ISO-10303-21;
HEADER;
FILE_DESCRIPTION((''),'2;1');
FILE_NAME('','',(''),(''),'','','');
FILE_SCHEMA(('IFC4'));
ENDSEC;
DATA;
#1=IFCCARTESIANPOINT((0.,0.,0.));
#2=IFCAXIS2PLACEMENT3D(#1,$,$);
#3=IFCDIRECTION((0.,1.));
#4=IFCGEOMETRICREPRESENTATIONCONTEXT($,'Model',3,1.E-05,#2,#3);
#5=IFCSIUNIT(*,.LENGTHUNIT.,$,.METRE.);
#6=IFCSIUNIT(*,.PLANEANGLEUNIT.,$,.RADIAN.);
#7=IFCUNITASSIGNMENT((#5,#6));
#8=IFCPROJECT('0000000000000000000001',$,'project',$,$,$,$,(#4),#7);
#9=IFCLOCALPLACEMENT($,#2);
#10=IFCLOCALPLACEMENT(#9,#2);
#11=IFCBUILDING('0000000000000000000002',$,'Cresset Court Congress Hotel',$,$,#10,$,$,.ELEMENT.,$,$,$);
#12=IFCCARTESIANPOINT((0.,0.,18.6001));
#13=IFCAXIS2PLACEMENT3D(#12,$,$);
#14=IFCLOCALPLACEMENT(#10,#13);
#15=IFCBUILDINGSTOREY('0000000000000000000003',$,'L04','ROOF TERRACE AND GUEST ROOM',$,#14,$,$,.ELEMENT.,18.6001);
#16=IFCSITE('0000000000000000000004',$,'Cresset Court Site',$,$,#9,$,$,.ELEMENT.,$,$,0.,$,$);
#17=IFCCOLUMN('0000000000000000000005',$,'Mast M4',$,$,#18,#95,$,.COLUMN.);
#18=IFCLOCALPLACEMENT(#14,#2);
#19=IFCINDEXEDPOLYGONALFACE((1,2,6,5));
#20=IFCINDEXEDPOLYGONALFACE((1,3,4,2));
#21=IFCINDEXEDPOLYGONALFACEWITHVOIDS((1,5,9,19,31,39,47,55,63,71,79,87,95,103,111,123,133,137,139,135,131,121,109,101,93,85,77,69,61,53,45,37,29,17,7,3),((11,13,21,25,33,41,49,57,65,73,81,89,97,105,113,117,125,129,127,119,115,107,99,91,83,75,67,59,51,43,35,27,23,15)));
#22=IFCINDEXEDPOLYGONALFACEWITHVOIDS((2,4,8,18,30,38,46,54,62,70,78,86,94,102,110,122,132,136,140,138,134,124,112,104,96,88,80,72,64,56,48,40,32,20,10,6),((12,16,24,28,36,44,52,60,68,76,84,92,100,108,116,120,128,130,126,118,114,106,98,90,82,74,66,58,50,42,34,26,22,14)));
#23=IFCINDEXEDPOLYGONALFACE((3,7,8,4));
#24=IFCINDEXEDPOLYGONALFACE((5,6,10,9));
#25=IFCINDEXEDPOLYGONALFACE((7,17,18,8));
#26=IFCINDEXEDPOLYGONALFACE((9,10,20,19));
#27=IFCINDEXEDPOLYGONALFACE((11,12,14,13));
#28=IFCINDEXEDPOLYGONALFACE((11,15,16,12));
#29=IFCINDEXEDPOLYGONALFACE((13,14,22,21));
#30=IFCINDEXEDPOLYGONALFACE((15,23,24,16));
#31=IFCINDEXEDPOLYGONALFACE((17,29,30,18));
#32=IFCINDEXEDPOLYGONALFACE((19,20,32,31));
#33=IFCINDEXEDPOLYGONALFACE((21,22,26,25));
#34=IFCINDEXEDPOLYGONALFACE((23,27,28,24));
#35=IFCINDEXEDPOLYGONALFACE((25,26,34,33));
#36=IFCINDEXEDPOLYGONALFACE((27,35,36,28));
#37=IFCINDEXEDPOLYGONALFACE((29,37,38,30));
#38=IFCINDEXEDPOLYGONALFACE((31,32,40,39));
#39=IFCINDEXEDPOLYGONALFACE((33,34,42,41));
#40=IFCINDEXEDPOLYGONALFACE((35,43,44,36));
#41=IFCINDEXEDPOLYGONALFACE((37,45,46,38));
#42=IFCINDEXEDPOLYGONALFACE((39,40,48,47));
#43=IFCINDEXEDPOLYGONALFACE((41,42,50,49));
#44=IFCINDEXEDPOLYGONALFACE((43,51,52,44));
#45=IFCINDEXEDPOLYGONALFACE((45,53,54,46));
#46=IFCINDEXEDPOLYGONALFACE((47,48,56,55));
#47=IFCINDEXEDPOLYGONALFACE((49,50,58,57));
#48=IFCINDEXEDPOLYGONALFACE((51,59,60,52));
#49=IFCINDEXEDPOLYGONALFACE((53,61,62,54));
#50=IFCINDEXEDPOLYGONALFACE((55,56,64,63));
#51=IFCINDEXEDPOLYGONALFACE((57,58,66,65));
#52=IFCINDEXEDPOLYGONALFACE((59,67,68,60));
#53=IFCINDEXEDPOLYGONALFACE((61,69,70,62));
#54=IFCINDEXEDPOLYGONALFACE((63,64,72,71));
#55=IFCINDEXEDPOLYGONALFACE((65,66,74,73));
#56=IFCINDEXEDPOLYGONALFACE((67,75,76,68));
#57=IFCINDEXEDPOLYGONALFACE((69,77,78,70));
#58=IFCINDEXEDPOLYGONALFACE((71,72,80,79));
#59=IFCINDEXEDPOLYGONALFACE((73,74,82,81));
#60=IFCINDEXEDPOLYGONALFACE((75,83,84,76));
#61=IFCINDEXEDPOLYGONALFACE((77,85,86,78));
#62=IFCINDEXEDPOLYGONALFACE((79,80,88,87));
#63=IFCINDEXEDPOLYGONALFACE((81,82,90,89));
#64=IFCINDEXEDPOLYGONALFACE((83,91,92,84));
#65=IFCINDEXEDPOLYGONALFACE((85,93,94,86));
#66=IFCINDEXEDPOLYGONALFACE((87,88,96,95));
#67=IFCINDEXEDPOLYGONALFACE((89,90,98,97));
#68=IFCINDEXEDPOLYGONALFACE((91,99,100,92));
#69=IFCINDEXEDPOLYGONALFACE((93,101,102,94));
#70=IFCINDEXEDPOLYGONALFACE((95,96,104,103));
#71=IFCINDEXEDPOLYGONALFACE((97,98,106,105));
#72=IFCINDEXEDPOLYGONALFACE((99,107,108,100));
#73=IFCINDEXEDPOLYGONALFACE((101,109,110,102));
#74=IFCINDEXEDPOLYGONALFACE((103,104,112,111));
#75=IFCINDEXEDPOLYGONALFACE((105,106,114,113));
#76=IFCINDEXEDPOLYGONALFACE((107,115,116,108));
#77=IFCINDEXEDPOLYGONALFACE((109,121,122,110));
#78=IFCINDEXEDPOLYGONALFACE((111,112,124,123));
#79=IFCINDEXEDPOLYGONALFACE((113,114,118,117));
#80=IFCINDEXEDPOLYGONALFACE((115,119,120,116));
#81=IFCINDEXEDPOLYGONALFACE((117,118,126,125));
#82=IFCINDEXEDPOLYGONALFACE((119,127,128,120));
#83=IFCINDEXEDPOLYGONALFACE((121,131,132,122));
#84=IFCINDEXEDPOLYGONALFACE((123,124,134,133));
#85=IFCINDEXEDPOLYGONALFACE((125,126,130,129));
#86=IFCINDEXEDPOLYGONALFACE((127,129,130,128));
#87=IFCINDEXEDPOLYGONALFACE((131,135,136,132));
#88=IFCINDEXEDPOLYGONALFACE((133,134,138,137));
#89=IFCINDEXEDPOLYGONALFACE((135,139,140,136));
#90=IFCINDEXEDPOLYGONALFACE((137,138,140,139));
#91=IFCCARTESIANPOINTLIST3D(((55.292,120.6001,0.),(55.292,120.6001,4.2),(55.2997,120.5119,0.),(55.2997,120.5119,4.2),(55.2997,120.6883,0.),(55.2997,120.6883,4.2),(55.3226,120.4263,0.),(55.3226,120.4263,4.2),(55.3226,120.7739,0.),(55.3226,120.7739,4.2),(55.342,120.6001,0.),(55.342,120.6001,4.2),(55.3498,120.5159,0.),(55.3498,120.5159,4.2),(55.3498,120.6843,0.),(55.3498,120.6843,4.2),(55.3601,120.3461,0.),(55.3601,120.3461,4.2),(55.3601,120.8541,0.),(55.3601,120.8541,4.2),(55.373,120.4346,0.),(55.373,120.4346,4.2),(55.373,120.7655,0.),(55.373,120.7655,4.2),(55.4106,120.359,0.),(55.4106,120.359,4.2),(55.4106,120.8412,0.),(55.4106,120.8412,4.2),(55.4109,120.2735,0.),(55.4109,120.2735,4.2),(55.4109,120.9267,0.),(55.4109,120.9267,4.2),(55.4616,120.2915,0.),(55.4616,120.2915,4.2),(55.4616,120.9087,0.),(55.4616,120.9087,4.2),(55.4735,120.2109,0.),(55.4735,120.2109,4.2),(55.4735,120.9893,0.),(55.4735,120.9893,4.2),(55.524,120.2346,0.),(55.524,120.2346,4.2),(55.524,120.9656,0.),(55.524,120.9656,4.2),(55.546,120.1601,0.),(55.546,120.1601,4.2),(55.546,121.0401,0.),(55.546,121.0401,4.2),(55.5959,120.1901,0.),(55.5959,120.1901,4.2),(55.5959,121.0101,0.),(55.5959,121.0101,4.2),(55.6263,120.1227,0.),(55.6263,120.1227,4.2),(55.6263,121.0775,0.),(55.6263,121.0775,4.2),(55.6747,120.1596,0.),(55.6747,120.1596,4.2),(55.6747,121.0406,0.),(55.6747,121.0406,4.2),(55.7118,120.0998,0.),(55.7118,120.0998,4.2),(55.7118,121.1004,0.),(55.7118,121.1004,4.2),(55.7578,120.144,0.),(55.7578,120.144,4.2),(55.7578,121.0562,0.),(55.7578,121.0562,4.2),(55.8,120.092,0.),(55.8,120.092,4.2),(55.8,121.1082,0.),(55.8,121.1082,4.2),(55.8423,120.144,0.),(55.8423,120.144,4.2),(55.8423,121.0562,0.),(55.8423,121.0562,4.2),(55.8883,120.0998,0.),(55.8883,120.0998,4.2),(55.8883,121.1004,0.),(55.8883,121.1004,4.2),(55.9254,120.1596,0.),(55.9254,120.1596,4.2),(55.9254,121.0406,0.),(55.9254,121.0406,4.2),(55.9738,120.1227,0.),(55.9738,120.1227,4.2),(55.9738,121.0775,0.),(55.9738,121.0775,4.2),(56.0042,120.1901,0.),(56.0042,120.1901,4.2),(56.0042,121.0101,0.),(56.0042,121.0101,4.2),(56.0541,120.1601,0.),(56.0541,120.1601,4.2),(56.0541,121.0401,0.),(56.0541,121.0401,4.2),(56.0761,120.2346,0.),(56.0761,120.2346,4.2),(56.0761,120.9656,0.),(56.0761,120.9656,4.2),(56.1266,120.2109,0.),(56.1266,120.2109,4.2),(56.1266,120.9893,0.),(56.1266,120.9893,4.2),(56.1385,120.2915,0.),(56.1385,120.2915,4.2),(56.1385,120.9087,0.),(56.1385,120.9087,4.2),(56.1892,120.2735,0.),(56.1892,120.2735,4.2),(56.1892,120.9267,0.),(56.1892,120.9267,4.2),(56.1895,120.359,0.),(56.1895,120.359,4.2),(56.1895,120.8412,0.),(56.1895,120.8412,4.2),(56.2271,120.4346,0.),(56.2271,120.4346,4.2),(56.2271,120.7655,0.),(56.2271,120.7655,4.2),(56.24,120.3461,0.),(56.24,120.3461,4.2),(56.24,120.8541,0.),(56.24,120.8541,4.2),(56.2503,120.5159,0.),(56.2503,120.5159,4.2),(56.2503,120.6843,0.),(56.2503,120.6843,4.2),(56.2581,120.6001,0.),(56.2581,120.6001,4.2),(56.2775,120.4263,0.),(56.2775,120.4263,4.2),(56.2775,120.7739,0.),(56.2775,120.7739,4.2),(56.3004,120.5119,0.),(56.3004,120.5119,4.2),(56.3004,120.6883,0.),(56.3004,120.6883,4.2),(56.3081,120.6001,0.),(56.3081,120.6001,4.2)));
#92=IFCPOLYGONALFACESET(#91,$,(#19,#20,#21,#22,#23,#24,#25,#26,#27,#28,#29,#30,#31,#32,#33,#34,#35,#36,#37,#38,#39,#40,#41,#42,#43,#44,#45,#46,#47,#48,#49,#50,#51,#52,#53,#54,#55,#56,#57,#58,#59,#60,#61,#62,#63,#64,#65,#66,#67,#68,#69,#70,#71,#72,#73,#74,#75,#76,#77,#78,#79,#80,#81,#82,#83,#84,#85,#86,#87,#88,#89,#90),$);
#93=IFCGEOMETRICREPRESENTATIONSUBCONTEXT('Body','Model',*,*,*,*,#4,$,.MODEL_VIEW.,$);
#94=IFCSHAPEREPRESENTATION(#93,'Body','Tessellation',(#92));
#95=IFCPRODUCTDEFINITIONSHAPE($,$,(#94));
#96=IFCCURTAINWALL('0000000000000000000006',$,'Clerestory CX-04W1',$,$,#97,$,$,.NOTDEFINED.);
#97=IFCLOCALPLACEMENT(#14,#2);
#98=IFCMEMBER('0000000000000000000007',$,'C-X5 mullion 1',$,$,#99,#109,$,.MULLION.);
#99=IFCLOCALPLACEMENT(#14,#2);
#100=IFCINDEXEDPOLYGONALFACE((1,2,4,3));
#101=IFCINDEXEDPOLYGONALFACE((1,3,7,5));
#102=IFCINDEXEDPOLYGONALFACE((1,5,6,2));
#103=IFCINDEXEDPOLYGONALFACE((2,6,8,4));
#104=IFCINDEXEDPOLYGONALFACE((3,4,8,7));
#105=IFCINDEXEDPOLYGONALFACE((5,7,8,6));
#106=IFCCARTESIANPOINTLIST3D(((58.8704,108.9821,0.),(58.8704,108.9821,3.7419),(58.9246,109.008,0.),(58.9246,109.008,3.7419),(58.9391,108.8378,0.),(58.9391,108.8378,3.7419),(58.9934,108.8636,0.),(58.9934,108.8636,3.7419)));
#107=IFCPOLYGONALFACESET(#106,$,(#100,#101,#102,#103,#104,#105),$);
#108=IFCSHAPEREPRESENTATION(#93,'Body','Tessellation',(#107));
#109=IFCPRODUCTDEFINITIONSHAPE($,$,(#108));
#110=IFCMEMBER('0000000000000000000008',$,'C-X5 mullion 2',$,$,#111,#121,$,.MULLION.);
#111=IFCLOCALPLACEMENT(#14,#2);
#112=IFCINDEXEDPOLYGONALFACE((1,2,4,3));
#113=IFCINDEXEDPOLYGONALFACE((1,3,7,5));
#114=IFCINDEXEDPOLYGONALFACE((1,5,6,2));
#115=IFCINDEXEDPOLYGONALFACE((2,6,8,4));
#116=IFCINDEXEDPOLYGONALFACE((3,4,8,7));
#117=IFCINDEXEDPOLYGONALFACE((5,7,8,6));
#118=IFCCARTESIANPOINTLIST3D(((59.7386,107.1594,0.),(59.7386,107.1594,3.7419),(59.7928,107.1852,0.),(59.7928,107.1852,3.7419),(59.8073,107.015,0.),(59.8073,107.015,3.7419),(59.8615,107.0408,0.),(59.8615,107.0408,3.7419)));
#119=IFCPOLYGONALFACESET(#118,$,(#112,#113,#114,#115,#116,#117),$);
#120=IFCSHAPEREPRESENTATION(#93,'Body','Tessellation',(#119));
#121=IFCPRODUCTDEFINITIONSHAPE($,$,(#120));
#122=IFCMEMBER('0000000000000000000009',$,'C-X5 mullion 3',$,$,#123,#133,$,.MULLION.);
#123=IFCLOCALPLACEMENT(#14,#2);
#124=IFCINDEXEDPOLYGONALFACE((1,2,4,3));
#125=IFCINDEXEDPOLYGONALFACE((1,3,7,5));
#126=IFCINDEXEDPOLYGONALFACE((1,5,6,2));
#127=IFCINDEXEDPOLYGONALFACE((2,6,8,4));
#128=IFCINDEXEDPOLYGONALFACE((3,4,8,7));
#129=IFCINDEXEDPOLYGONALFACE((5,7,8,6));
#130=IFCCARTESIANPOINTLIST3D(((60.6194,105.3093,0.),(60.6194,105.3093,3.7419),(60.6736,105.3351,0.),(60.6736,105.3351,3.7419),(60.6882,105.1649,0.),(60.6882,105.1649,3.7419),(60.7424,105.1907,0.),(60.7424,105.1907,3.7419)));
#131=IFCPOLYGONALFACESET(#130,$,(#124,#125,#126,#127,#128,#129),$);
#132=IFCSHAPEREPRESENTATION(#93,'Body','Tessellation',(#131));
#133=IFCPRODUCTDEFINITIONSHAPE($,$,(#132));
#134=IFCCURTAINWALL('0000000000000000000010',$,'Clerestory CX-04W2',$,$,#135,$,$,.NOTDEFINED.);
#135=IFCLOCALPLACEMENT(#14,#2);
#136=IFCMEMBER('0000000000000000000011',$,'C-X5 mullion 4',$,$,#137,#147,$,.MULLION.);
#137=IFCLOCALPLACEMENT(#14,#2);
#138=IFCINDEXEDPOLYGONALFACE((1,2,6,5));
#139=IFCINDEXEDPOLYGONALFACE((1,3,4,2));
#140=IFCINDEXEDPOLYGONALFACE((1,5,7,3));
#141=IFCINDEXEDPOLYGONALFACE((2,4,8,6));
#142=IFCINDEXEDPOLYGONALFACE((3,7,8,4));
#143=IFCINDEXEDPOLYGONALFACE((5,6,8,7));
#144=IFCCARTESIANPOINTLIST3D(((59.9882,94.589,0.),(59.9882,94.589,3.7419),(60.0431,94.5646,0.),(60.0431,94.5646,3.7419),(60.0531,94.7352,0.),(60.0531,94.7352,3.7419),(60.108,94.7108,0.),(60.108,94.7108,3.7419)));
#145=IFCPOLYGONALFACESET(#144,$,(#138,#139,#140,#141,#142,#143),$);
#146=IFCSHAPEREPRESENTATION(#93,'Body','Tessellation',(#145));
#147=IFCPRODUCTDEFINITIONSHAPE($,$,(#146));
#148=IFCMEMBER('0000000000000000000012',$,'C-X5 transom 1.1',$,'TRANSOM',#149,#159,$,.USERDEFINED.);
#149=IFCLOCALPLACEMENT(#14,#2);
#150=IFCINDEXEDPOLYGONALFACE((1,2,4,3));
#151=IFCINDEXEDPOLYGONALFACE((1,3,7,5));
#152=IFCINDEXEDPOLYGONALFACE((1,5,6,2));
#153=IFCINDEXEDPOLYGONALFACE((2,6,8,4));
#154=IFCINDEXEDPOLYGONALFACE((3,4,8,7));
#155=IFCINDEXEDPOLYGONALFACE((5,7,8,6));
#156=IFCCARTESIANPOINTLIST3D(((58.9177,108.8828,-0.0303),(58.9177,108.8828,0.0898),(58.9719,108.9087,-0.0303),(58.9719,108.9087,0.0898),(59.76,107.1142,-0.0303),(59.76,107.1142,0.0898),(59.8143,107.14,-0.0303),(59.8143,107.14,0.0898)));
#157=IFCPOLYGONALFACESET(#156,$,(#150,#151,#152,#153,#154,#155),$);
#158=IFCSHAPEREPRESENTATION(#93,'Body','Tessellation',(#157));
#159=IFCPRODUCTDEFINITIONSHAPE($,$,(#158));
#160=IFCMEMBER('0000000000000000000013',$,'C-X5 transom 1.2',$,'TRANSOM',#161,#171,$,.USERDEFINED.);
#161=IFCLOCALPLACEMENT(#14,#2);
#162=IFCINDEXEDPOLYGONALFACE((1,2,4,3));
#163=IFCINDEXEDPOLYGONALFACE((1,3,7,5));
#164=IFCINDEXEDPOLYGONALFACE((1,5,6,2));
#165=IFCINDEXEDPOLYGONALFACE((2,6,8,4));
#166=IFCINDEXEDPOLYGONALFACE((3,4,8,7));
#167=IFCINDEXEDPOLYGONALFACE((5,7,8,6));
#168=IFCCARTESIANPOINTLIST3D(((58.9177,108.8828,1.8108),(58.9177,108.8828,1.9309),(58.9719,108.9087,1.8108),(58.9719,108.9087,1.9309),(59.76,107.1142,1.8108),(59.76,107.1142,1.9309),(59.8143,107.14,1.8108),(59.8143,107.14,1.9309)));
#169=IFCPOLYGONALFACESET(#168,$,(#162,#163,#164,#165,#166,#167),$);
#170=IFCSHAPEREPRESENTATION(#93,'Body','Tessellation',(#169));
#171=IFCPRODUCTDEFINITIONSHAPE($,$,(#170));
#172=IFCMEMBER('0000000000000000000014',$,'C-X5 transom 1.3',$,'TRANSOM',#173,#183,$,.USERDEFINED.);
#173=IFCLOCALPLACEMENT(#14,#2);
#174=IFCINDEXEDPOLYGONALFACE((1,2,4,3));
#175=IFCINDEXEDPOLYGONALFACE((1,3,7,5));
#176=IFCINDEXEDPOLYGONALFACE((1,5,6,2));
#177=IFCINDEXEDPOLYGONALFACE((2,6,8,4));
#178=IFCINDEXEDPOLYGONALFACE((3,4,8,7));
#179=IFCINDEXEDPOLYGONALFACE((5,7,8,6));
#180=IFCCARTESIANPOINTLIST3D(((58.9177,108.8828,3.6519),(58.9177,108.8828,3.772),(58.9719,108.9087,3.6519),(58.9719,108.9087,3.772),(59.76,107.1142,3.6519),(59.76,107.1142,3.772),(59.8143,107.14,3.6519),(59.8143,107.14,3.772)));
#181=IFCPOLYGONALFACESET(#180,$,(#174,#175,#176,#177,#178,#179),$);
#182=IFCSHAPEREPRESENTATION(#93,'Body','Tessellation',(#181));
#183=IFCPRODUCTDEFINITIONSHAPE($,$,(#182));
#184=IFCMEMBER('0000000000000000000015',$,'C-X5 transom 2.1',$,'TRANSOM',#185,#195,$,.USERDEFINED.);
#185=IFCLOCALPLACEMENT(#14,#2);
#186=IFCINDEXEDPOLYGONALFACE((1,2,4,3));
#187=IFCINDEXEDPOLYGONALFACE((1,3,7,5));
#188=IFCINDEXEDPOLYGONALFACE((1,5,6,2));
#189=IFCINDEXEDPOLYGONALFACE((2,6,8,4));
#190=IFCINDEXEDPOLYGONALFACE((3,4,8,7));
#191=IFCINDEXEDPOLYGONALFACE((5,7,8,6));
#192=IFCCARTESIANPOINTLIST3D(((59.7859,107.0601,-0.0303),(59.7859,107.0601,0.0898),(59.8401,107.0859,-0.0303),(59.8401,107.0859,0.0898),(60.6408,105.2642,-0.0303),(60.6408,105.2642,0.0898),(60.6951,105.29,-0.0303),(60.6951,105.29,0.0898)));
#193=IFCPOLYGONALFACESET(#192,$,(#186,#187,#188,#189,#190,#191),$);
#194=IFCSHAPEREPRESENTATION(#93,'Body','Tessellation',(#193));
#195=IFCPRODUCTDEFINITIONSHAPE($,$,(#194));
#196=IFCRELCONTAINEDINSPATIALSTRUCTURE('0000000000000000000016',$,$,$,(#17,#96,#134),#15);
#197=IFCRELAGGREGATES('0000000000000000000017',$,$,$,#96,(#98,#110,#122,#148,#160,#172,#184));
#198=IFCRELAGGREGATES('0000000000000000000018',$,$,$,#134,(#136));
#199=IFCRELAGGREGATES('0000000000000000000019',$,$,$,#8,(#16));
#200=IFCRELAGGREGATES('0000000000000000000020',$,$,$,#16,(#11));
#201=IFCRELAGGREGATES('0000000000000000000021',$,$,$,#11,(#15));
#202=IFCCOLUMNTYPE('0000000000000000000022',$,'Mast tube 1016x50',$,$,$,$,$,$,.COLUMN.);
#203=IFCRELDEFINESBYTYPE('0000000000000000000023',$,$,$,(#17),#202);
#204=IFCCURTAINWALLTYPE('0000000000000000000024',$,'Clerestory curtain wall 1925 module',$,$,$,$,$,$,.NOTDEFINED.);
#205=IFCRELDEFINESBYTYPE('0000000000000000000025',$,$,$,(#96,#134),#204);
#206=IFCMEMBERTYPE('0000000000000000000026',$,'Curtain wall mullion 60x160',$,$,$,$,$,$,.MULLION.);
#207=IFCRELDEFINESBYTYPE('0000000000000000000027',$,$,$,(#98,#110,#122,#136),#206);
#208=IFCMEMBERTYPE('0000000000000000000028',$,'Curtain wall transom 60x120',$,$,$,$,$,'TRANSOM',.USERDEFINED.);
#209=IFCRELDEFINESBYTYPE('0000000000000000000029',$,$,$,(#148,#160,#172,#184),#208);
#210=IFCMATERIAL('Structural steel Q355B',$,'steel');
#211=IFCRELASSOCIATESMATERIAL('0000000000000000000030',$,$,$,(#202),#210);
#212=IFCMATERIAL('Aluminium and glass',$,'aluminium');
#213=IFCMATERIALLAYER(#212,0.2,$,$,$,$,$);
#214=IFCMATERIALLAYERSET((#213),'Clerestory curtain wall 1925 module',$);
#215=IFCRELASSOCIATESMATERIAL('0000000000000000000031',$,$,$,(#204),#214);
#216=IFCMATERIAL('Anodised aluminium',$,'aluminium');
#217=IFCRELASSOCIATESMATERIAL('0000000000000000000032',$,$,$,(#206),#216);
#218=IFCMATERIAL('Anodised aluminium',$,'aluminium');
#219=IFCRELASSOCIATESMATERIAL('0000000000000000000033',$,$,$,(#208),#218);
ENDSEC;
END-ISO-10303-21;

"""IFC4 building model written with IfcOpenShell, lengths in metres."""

from ifc_helpers import new_model, si_unit, direction, frame, origin, origin_2d, place, context, subcontext, project, spatial, rectangle, hollow_circle, extrude, material, layer, layer_set, material_profile, profile_set, type_object, element, aggregate, save


model = new_model("IFC4")

# Units and contexts
model_context = context("Model", 3, precision=1e-05, world=origin(), true_north=direction((0.0, 1.0)))
body_context = subcontext(model_context, "Body", "Model", "MODEL_VIEW")
ifc_project = project(units=[si_unit("LENGTHUNIT", "METRE"), si_unit("PLANEANGLEUNIT", "RADIAN")], contexts=[model_context])

# Site, building, storey
site_placement = place(None, origin())
site = spatial("IfcSite", under=ifc_project, at=site_placement, Name="Cresset Court Site", CompositionType="ELEMENT", RefElevation=0.0)
building_placement = place(site_placement, origin())
building = spatial("IfcBuilding", under=site, at=building_placement, Name="Cresset Court Congress Hotel", CompositionType="ELEMENT")
storey_placement = place(building_placement, frame((0.0, 0.0, 18.6001)))
storey = spatial("IfcBuildingStorey", under=building, at=storey_placement, Name="L04", Description="ROOF TERRACE AND GUEST ROOM", CompositionType="ELEMENT", Elevation=18.6001)

# Column
ifc_material_1 = material(Name="Structural steel Q355B", Category="steel")
ifc_material_profile_1 = material_profile(ifc_material_1, hollow_circle(Radius=0.5081, WallThickness=0.05, at=origin_2d()), Name="CHS1016x50")
ifc_profile_set_1 = profile_set([ifc_material_profile_1], Name="Structural steel Q355B")
column_type = type_object("IfcColumnType", Name="Mast tube 1016x50", PredefinedType="COLUMN", material=ifc_profile_set_1)
column_placement = place(storey_placement, frame((55.8, 120.6001, 0.0), z_axis=(0.0, 0.0, 1.0), x_axis=(1.0, 0.0, 0.0)))
element("IfcColumn", 1, at=column_placement, inside=storey, type_object=column_type, Name="Mast M4", PredefinedType="COLUMN", context=body_context, shape_type="SweptSolid", body=[
    extrude(hollow_circle(Radius=0.5081, WallThickness=0.05, at=origin_2d()), origin(), (0.0, 0.0, 1.0), 4.2),
])

# Curtain wall, members
ifc_material_2 = material(Name="Aluminium and glass", Category="aluminium")
ifc_layer_1 = layer(ifc_material_2, 0.2)
ifc_layer_set_1 = layer_set([ifc_layer_1], Name="Clerestory curtain wall 1925 module")
curtain_wall_type = type_object("IfcCurtainWallType", Name="Clerestory curtain wall 1925 module", PredefinedType="NOTDEFINED", material=ifc_layer_set_1)
curtain_wall_1_placement = place(storey_placement, origin())
curtain_wall_1 = element("IfcCurtainWall", 2, at=curtain_wall_1_placement, inside=storey, type_object=curtain_wall_type, Name="Clerestory CX-04W1", PredefinedType="NOTDEFINED")
ifc_material_3 = material(Name="Anodised aluminium", Category="aluminium")
ifc_material_profile_2 = material_profile(ifc_material_3, rectangle(XDim=0.0601, YDim=0.1599, at=origin_2d()), Name="AL60x160")
ifc_profile_set_2 = profile_set([ifc_material_profile_2], Name="Anodised aluminium")
member_type_1 = type_object("IfcMemberType", Name="Curtain wall mullion 60x160", PredefinedType="MULLION", material=ifc_profile_set_2)
member_1_placement = place(storey_placement, frame((58.9319, 108.9229, 0.0), z_axis=(0.0, 0.0, 1.0), x_axis=(0.902861, 0.429934, 0.0)))
member_1 = element("IfcMember", 3, at=member_1_placement, type_object=member_type_1, Name="C-X5 mullion 1", PredefinedType="MULLION", context=body_context, shape_type="SweptSolid", body=[
    extrude(rectangle(XDim=0.0601, YDim=0.1599, at=origin_2d()), origin(), (0.0, 0.0, 1.0), 3.7419),
])
member_2_placement = place(storey_placement, frame((59.8, 107.1001, 0.0), z_axis=(0.0, 0.0, 1.0), x_axis=(0.902861, 0.429934, 0.0)))
member_2 = element("IfcMember", 4, at=member_2_placement, type_object=member_type_1, Name="C-X5 mullion 2", PredefinedType="MULLION", context=body_context, shape_type="SweptSolid", body=[
    extrude(rectangle(XDim=0.0601, YDim=0.1599, at=origin_2d()), origin(), (0.0, 0.0, 1.0), 3.7419),
])
member_3_placement = place(storey_placement, frame((60.6809, 105.25, 0.0), z_axis=(0.0, 0.0, 1.0), x_axis=(0.902861, 0.429934, 0.0)))
member_3 = element("IfcMember", 5, at=member_3_placement, type_object=member_type_1, Name="C-X5 mullion 3", PredefinedType="MULLION", context=body_context, shape_type="SweptSolid", body=[
    extrude(rectangle(XDim=0.0601, YDim=0.1599, at=origin_2d()), origin(), (0.0, 0.0, 1.0), 3.7419),
])

# Curtain wall, member
curtain_wall_2_placement = place(storey_placement, origin())
curtain_wall_2 = element("IfcCurtainWall", 6, at=curtain_wall_2_placement, inside=storey, type_object=curtain_wall_type, Name="Clerestory CX-04W2", PredefinedType="NOTDEFINED")
member_4_placement = place(storey_placement, frame((60.0481, 94.6499, 0.0), z_axis=(0.0, 0.0, 1.0), x_axis=(0.914148, -0.405381, 0.0)))
member_4 = element("IfcMember", 7, at=member_4_placement, type_object=member_type_1, Name="C-X5 mullion 4", PredefinedType="MULLION", context=body_context, shape_type="SweptSolid", body=[
    extrude(rectangle(XDim=0.0601, YDim=0.1599, at=origin_2d()), origin(), (0.0, 0.0, 1.0), 3.7419),
])

# Members
ifc_material_4 = material(Name="Anodised aluminium", Category="aluminium")
ifc_material_profile_3 = material_profile(ifc_material_4, rectangle(XDim=0.0601, YDim=0.1201, at=origin_2d()), Name="AL60x120")
ifc_profile_set_3 = profile_set([ifc_material_profile_3], Name="Anodised aluminium")
member_type_2 = type_object("IfcMemberType", Name="Curtain wall transom 60x120", ElementType="TRANSOM", PredefinedType="USERDEFINED", material=ifc_profile_set_3)
member_5_placement = place(storey_placement, frame((58.9448, 108.8958, 0.0298), z_axis=(0.429982, -0.902837, 0.0), x_axis=(0.902837, 0.429982, 0.0)))
member_5 = element("IfcMember", 8, at=member_5_placement, type_object=member_type_2, Name="C-X5 transom 1.1", ObjectType="TRANSOM", PredefinedType="USERDEFINED", context=body_context, shape_type="SweptSolid", body=[
    extrude(rectangle(XDim=0.0601, YDim=0.1201, at=origin_2d()), origin(), (0.0, 0.0, 1.0), 1.959),
])
member_6_placement = place(storey_placement, frame((58.9448, 108.8958, 1.8708), z_axis=(0.429982, -0.902837, 0.0), x_axis=(0.902837, 0.429982, 0.0)))
member_6 = element("IfcMember", 9, at=member_6_placement, type_object=member_type_2, Name="C-X5 transom 1.2", ObjectType="TRANSOM", PredefinedType="USERDEFINED", context=body_context, shape_type="SweptSolid", body=[
    extrude(rectangle(XDim=0.0601, YDim=0.1201, at=origin_2d()), origin(), (0.0, 0.0, 1.0), 1.959),
])
member_7_placement = place(storey_placement, frame((58.9448, 108.8958, 3.7119), z_axis=(0.429982, -0.902837, 0.0), x_axis=(0.902837, 0.429982, 0.0)))
member_7 = element("IfcMember", 10, at=member_7_placement, type_object=member_type_2, Name="C-X5 transom 1.3", ObjectType="TRANSOM", PredefinedType="USERDEFINED", context=body_context, shape_type="SweptSolid", body=[
    extrude(rectangle(XDim=0.0601, YDim=0.1201, at=origin_2d()), origin(), (0.0, 0.0, 1.0), 1.959),
])
member_8_placement = place(storey_placement, frame((59.813, 107.073, 0.0298), z_axis=(0.429848, -0.902901, 0.0), x_axis=(0.902901, 0.429848, 0.0)))
member_8 = element("IfcMember", 11, at=member_8_placement, type_object=member_type_2, Name="C-X5 transom 2.1", ObjectType="TRANSOM", PredefinedType="USERDEFINED", context=body_context, shape_type="SweptSolid", body=[
    extrude(rectangle(XDim=0.0601, YDim=0.1201, at=origin_2d()), origin(), (0.0, 0.0, 1.0), 1.989),
])

aggregate(curtain_wall_1, [member_1, member_2, member_3, member_5, member_6, member_7, member_8])
aggregate(curtain_wall_2, [member_4])

save(model, "model.ifc")
